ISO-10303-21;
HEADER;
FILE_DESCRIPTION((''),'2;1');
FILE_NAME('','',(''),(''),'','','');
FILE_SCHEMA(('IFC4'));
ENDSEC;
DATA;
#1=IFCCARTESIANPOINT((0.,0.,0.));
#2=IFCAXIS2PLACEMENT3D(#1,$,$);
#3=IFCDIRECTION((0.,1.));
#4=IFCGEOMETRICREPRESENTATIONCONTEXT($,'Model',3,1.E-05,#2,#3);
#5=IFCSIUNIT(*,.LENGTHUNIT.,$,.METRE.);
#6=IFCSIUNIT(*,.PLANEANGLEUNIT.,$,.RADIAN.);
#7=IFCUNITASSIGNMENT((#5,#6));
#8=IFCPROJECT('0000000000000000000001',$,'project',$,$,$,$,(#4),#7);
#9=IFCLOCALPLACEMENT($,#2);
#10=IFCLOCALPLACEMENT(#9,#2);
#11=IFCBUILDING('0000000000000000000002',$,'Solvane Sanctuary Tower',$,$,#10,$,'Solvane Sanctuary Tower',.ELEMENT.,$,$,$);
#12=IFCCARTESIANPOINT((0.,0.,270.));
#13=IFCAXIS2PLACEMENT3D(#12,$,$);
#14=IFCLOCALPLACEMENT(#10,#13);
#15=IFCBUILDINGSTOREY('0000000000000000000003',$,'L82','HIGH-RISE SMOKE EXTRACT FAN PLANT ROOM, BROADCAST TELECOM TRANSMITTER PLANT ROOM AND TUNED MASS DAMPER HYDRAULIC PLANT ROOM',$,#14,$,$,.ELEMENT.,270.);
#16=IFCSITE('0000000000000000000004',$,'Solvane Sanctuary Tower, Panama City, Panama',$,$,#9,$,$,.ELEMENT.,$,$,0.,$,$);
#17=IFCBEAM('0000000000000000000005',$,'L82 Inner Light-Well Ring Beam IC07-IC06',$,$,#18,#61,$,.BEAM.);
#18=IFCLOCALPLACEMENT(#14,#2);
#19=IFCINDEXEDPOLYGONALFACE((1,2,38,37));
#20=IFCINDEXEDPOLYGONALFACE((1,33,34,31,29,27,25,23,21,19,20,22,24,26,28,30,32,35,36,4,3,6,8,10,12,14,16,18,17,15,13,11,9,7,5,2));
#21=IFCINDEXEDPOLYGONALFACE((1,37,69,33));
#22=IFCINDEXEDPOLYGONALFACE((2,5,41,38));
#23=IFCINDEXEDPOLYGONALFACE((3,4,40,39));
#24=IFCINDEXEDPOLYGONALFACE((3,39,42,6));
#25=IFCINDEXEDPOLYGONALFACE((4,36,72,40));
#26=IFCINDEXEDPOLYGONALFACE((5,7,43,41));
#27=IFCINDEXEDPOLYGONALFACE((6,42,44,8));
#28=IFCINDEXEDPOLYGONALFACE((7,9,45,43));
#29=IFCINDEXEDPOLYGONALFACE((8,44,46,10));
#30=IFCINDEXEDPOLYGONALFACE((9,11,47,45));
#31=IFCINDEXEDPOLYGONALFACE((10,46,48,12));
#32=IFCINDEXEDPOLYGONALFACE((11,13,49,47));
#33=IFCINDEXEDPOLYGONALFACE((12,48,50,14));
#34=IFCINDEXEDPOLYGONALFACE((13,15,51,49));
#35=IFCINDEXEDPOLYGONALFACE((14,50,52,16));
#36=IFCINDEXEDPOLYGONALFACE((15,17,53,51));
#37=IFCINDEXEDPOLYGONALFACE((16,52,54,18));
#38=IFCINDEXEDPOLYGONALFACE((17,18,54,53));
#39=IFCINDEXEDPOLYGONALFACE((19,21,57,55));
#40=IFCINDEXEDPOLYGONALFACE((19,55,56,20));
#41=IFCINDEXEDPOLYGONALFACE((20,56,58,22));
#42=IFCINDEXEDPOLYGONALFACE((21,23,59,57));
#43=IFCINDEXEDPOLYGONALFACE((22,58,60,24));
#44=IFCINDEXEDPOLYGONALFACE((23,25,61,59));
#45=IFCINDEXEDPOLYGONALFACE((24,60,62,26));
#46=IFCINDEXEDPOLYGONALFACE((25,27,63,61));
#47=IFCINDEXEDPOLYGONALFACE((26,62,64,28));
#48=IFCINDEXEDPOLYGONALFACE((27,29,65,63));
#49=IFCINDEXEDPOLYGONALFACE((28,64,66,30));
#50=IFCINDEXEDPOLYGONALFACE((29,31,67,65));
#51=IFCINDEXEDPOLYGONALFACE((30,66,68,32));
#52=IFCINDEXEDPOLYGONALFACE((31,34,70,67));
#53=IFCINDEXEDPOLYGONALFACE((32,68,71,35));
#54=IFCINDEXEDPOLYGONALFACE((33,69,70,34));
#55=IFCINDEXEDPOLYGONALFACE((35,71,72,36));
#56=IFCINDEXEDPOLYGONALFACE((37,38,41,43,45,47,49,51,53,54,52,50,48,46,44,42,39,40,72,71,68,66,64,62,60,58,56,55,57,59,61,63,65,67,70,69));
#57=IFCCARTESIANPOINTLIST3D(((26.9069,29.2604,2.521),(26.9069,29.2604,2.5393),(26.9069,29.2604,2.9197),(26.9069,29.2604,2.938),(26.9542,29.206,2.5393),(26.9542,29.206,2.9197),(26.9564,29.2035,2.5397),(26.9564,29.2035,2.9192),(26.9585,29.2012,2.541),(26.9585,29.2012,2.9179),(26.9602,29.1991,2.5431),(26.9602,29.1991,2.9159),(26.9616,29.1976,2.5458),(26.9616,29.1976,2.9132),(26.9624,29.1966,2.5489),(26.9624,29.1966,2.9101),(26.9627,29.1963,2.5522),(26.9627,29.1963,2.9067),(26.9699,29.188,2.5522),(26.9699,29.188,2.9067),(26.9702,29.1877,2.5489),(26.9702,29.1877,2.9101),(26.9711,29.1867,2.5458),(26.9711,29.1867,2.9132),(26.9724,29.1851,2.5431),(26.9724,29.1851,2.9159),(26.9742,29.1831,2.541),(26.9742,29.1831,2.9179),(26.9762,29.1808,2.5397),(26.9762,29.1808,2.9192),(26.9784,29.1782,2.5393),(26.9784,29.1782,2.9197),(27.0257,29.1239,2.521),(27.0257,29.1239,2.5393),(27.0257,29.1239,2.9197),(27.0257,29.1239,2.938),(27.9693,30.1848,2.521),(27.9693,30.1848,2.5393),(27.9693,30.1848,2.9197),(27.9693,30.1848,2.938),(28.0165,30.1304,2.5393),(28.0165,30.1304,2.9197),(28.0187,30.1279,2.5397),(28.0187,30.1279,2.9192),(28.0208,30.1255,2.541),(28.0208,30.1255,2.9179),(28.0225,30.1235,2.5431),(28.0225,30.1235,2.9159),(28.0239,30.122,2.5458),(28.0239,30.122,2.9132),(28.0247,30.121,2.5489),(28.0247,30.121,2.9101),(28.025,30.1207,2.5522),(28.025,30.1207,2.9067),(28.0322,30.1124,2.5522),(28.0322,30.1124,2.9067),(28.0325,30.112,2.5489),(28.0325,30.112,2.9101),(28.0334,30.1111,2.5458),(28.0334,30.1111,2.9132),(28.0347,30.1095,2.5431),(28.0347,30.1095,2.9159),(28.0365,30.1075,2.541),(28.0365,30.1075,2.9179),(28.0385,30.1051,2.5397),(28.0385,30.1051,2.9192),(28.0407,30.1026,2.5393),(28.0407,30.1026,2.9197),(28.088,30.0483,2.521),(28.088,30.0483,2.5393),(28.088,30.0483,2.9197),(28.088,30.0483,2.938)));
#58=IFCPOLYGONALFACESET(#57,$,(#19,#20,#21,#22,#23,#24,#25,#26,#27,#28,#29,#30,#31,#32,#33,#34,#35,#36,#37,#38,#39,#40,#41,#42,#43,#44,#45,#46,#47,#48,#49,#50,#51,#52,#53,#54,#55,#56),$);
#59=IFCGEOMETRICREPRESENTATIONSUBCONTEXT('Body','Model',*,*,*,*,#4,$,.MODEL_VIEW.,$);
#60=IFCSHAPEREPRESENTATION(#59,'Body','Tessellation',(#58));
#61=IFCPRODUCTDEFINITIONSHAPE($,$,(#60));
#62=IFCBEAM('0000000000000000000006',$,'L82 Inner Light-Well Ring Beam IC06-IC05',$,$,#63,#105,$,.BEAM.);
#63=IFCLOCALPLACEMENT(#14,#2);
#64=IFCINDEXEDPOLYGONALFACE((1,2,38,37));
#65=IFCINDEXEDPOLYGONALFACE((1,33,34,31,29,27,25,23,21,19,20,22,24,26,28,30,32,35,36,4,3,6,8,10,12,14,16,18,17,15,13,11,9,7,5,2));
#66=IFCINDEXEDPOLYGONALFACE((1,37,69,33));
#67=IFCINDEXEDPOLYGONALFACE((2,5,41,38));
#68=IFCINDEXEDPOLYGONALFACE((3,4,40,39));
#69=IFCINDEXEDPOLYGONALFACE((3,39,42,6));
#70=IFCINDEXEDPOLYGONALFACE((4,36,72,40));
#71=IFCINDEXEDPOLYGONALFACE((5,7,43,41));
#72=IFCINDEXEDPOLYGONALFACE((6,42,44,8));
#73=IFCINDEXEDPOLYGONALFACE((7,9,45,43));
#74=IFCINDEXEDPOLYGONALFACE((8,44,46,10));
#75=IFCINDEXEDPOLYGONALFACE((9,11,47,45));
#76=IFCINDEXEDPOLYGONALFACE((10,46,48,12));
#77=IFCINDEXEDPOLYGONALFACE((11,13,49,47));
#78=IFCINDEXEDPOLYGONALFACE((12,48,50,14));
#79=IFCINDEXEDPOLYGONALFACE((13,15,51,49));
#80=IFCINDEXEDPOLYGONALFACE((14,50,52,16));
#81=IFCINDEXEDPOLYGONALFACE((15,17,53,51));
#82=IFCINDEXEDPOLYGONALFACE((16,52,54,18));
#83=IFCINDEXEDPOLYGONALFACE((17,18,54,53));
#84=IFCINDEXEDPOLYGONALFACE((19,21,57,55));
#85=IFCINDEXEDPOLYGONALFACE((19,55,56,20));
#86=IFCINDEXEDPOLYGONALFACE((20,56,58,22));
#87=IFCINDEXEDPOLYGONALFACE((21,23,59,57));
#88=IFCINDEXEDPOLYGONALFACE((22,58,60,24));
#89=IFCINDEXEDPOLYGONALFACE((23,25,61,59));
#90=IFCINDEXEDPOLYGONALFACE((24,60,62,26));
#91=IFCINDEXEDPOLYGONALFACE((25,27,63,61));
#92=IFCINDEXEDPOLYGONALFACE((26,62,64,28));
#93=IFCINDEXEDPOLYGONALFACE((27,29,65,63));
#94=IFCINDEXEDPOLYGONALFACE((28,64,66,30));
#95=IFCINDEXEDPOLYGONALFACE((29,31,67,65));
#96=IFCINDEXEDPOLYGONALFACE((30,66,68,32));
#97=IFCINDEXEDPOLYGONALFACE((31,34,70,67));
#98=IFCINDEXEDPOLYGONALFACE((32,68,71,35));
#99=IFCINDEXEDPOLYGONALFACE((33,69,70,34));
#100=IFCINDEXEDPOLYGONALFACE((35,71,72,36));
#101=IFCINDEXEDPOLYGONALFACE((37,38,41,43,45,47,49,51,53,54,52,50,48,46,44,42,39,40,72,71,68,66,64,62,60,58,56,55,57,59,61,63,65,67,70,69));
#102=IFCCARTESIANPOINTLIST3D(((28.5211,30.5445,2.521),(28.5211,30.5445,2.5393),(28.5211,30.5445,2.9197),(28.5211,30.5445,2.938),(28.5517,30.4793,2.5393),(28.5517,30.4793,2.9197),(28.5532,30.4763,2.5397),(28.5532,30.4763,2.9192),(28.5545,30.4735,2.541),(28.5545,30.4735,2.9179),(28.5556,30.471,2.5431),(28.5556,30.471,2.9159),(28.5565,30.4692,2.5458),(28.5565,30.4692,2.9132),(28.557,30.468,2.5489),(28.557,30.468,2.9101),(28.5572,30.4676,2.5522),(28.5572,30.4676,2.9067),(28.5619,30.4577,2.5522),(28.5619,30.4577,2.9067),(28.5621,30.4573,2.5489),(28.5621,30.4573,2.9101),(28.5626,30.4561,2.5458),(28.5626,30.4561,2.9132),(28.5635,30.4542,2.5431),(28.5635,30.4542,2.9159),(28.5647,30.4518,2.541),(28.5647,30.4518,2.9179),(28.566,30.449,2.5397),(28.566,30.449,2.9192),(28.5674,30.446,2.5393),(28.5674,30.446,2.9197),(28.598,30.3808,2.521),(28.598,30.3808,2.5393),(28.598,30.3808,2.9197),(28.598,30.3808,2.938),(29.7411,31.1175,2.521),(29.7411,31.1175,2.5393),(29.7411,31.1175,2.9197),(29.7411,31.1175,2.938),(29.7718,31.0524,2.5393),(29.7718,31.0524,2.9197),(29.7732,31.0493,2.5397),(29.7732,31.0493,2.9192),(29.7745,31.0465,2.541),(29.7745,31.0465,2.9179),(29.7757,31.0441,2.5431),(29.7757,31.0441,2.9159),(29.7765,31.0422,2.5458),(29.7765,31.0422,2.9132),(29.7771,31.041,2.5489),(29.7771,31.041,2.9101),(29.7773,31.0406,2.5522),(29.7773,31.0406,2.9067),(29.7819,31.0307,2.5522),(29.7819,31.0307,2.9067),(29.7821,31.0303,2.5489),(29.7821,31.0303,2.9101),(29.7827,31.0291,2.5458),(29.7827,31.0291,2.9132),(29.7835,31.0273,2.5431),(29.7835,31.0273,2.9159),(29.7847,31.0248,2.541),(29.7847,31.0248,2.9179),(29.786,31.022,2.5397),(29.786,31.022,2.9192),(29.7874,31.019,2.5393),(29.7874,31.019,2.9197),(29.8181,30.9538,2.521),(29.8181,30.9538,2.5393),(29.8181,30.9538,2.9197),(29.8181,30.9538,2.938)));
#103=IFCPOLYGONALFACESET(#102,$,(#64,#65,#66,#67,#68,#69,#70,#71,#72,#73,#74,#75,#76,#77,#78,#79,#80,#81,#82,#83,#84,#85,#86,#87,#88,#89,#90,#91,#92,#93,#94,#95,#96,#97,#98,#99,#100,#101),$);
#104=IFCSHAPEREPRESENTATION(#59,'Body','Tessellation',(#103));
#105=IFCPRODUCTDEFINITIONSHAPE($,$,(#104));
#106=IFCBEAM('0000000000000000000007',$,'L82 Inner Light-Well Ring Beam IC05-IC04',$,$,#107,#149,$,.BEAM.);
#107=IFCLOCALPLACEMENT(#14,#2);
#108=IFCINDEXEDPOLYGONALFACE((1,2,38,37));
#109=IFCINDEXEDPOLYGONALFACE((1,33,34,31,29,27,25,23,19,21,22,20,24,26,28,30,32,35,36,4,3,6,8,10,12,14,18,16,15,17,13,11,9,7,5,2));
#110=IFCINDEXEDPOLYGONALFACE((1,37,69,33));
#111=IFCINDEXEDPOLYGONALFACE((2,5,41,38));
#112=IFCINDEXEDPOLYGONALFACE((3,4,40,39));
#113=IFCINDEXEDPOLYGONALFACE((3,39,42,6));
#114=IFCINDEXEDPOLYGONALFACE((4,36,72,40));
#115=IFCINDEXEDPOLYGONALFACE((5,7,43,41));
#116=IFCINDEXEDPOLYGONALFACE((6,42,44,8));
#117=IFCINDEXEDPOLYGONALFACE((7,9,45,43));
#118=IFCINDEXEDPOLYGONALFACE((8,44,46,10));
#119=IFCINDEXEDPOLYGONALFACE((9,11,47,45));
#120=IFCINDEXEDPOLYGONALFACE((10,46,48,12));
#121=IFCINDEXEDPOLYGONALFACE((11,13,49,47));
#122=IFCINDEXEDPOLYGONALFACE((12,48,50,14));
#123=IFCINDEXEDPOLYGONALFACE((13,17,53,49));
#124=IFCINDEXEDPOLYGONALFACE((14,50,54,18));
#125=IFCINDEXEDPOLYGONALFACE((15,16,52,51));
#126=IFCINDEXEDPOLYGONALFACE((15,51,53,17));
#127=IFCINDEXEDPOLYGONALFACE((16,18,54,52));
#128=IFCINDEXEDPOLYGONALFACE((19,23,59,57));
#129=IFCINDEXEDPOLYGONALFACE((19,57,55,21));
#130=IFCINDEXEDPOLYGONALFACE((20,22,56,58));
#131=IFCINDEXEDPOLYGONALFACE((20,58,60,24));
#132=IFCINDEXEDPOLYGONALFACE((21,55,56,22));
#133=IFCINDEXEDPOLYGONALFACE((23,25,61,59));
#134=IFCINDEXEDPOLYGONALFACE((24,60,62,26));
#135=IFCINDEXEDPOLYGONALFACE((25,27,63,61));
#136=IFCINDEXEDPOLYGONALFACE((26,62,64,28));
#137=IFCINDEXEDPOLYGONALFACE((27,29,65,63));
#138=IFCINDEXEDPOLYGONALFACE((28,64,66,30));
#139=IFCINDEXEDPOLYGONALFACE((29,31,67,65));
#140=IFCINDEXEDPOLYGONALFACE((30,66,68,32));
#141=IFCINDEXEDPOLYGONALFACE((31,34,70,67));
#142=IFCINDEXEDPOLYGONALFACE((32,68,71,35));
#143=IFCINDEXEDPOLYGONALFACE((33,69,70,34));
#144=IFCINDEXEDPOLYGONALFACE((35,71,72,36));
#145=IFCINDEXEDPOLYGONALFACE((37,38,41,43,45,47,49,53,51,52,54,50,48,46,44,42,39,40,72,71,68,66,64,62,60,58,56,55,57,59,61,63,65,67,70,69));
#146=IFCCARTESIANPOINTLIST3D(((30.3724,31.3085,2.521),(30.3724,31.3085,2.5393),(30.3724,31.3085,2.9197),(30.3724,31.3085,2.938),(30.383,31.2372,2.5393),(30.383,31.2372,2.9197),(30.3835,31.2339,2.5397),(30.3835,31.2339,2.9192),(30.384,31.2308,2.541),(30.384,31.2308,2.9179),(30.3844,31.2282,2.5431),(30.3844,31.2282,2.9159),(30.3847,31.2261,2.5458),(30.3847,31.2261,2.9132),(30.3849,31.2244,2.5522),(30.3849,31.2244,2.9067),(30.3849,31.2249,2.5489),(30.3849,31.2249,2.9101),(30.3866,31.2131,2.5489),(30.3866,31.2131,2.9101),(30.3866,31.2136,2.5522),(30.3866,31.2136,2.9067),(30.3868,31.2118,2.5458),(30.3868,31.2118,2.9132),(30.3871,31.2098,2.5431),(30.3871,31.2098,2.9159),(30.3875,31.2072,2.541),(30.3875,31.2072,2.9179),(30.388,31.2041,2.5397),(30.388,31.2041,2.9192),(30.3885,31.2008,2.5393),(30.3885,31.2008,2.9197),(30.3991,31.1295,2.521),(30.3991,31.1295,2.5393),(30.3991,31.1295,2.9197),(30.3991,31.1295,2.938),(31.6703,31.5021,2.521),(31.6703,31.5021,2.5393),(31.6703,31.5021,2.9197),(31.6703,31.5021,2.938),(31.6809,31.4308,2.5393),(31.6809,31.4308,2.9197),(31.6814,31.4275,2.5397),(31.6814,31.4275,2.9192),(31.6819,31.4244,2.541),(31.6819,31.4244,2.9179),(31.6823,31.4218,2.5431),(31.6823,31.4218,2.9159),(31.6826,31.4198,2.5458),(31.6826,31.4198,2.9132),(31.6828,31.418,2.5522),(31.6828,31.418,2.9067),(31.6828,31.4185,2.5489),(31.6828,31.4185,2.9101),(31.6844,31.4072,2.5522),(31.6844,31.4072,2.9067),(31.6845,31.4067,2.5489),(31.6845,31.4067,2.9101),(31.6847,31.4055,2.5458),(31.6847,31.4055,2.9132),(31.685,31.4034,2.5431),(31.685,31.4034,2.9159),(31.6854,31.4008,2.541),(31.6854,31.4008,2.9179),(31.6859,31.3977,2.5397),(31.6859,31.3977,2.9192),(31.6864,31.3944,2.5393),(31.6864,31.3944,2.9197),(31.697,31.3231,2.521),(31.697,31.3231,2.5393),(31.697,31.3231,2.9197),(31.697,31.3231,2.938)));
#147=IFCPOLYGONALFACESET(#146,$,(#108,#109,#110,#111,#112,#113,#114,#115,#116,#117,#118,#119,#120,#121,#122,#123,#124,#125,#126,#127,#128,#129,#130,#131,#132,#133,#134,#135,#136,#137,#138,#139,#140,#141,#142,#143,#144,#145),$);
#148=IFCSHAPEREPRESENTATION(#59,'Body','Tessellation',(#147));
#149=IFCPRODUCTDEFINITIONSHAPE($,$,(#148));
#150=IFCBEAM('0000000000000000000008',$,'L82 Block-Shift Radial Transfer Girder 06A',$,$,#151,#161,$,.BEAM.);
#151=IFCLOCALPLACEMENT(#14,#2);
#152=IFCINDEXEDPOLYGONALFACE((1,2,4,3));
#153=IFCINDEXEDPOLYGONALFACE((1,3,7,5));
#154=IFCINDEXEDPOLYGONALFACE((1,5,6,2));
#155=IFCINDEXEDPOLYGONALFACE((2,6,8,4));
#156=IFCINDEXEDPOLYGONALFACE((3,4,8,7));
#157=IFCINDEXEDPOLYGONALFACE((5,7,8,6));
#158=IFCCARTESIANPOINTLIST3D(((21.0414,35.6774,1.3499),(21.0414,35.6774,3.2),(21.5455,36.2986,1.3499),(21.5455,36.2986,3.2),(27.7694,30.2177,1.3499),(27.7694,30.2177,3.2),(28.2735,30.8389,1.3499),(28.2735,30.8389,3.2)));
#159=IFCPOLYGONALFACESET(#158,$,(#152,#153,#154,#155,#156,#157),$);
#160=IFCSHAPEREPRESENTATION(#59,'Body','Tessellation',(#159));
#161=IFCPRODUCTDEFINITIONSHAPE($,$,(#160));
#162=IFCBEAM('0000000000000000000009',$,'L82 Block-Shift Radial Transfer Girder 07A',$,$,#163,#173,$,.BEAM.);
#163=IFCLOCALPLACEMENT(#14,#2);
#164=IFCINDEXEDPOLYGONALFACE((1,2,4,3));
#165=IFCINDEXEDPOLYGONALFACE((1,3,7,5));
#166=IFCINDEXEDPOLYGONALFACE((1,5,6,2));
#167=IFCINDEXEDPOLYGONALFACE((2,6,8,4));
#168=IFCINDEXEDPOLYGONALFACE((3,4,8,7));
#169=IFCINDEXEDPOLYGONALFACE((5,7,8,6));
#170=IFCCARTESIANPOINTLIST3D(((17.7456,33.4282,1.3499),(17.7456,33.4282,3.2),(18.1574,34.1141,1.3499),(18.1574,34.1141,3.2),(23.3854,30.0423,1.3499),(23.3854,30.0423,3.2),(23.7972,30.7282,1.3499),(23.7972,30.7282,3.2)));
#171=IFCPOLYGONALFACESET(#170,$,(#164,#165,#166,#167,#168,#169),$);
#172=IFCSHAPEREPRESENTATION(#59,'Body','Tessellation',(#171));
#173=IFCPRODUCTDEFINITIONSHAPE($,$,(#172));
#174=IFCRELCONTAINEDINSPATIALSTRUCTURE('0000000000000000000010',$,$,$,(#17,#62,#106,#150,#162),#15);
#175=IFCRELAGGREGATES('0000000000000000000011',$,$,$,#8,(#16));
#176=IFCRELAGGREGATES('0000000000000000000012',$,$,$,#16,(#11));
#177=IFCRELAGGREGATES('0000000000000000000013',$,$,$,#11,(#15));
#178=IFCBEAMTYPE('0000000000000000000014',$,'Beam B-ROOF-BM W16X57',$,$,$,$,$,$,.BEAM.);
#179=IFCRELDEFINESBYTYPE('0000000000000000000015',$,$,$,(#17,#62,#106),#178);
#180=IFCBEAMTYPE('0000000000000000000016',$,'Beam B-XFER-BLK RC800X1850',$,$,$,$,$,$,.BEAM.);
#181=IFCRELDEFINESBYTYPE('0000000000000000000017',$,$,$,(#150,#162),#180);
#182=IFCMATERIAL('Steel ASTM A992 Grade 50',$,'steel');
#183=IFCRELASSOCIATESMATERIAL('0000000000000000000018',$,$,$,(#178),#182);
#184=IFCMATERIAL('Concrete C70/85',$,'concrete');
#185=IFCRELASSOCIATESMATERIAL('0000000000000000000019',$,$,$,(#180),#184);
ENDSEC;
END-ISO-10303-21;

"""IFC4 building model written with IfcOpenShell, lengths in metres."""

from ifc_helpers import new_model, si_unit, direction, frame, origin, origin_2d, place, context, subcontext, project, spatial, rectangle, i_section, extrude, material, material_profile, profile_set, type_object, element, save


model = new_model("IFC4")

# Units and contexts
model_context = context("Model", 3, precision=1e-05, world=origin(), true_north=direction((0.0, 1.0)))
body_context = subcontext(model_context, "Body", "Model", "MODEL_VIEW")
ifc_project = project(units=[si_unit("LENGTHUNIT", "METRE"), si_unit("PLANEANGLEUNIT", "RADIAN")], contexts=[model_context])

# Site, building, storey
site_placement = place(None, origin())
site = spatial("IfcSite", under=ifc_project, at=site_placement, Name="Solvane Sanctuary Tower, Panama City, Panama", CompositionType="ELEMENT", RefElevation=0.0)
building_placement = place(site_placement, origin())
building = spatial("IfcBuilding", under=site, at=building_placement, Name="Solvane Sanctuary Tower", LongName="Solvane Sanctuary Tower", CompositionType="ELEMENT")
storey_placement = place(building_placement, frame((0.0, 0.0, 270.0)))
storey = spatial("IfcBuildingStorey", under=building, at=storey_placement, Name="L82", Description="HIGH-RISE SMOKE EXTRACT FAN PLANT ROOM, BROADCAST TELECOM TRANSMITTER PLANT ROOM AND TUNED MASS DAMPER HYDRAULIC PLANT ROOM", CompositionType="ELEMENT", Elevation=270.0)

# Shared definitions
ifc_material_1 = material(Name="Concrete C70/85", Category="concrete")

# Beams
ifc_material_2 = material(Name="Steel ASTM A992 Grade 50", Category="steel")
ifc_material_profile_1 = material_profile(ifc_material_2, i_section(OverallWidth=0.1809, OverallDepth=0.417, WebThickness=0.011, FlangeThickness=0.0183, FilletRadius=0.0129, at=origin_2d()), Name="W16X57")
ifc_profile_set_1 = profile_set([ifc_material_profile_1], Name="Steel ASTM A992 Grade 50")
beam_type_1 = type_object("IfcBeamType", Name="Beam B-ROOF-BM W16X57", PredefinedType="BEAM", material=ifc_profile_set_1)
beam_1_placement = place(storey_placement, frame((26.9663, 29.1921, 2.7295), z_axis=(0.754389, 0.656428, 0.0), x_axis=(-0.656428, 0.754389, 0.0)))
element("IfcBeam", 1, at=beam_1_placement, inside=storey, type_object=beam_type_1, Name="L82 Inner Light-Well Ring Beam IC07-IC06", PredefinedType="BEAM", context=body_context, shape_type="SweptSolid", body=[
    extrude(i_section(OverallWidth=0.1809, OverallDepth=0.417, WebThickness=0.011, FlangeThickness=0.0183, FilletRadius=0.0129, at=origin_2d()), origin(), (0.0, 0.0, 1.0), 1.4082),
])
beam_2_placement = place(storey_placement, frame((28.5596, 30.4626, 2.7295), z_axis=(0.905135, 0.425125, 0.0), x_axis=(-0.425125, 0.905135, 0.0)))
element("IfcBeam", 2, at=beam_2_placement, inside=storey, type_object=beam_type_1, Name="L82 Inner Light-Well Ring Beam IC06-IC05", PredefinedType="BEAM", context=body_context, shape_type="SweptSolid", body=[
    extrude(i_section(OverallWidth=0.1809, OverallDepth=0.417, WebThickness=0.011, FlangeThickness=0.0183, FilletRadius=0.0129, at=origin_2d()), origin(), (0.0, 0.0, 1.0), 1.3479),
])
beam_3_placement = place(storey_placement, frame((30.3857, 31.219, 2.7295), z_axis=(0.989056, 0.14754, 0.0), x_axis=(-0.14754, 0.989056, 0.0)))
element("IfcBeam", 3, at=beam_3_placement, inside=storey, type_object=beam_type_1, Name="L82 Inner Light-Well Ring Beam IC05-IC04", PredefinedType="BEAM", context=body_context, shape_type="SweptSolid", body=[
    extrude(i_section(OverallWidth=0.1809, OverallDepth=0.417, WebThickness=0.011, FlangeThickness=0.0183, FilletRadius=0.0129, at=origin_2d()), origin(), (0.0, 0.0, 1.0), 1.3123),
])
ifc_material_profile_2 = material_profile(ifc_material_1, rectangle(XDim=0.8, YDim=1.8501, at=origin_2d()), Name="RC800X1850")
ifc_profile_set_2 = profile_set([ifc_material_profile_2], Name="Concrete C70/85")
beam_type_2 = type_object("IfcBeamType", Name="Beam B-XFER-BLK RC800X1850", PredefinedType="BEAM", material=ifc_profile_set_2)
beam_4_placement = place(storey_placement, frame((28.0215, 30.5283, 2.2749), z_axis=(-0.776498, 0.630119, 0.0), x_axis=(-0.630119, -0.776498, 0.0)))
element("IfcBeam", 4, at=beam_4_placement, inside=storey, type_object=beam_type_2, Name="L82 Block-Shift Radial Transfer Girder 06A", PredefinedType="BEAM", context=body_context, shape_type="SweptSolid", body=[
    extrude(rectangle(XDim=0.8, YDim=1.8501, at=origin_2d()), origin(), (0.0, 0.0, 1.0), 8.6646),
])
beam_5_placement = place(storey_placement, frame((23.5913, 30.3853, 2.2749), z_axis=(-0.857355, 0.514725, 0.0), x_axis=(-0.514725, -0.857355, 0.0)))
element("IfcBeam", 5, at=beam_5_placement, inside=storey, type_object=beam_type_2, Name="L82 Block-Shift Radial Transfer Girder 07A", PredefinedType="BEAM", context=body_context, shape_type="SweptSolid", body=[
    extrude(rectangle(XDim=0.8, YDim=1.8501, at=origin_2d()), origin(), (0.0, 0.0, 1.0), 6.5781),
])

save(model, "model.ifc")
